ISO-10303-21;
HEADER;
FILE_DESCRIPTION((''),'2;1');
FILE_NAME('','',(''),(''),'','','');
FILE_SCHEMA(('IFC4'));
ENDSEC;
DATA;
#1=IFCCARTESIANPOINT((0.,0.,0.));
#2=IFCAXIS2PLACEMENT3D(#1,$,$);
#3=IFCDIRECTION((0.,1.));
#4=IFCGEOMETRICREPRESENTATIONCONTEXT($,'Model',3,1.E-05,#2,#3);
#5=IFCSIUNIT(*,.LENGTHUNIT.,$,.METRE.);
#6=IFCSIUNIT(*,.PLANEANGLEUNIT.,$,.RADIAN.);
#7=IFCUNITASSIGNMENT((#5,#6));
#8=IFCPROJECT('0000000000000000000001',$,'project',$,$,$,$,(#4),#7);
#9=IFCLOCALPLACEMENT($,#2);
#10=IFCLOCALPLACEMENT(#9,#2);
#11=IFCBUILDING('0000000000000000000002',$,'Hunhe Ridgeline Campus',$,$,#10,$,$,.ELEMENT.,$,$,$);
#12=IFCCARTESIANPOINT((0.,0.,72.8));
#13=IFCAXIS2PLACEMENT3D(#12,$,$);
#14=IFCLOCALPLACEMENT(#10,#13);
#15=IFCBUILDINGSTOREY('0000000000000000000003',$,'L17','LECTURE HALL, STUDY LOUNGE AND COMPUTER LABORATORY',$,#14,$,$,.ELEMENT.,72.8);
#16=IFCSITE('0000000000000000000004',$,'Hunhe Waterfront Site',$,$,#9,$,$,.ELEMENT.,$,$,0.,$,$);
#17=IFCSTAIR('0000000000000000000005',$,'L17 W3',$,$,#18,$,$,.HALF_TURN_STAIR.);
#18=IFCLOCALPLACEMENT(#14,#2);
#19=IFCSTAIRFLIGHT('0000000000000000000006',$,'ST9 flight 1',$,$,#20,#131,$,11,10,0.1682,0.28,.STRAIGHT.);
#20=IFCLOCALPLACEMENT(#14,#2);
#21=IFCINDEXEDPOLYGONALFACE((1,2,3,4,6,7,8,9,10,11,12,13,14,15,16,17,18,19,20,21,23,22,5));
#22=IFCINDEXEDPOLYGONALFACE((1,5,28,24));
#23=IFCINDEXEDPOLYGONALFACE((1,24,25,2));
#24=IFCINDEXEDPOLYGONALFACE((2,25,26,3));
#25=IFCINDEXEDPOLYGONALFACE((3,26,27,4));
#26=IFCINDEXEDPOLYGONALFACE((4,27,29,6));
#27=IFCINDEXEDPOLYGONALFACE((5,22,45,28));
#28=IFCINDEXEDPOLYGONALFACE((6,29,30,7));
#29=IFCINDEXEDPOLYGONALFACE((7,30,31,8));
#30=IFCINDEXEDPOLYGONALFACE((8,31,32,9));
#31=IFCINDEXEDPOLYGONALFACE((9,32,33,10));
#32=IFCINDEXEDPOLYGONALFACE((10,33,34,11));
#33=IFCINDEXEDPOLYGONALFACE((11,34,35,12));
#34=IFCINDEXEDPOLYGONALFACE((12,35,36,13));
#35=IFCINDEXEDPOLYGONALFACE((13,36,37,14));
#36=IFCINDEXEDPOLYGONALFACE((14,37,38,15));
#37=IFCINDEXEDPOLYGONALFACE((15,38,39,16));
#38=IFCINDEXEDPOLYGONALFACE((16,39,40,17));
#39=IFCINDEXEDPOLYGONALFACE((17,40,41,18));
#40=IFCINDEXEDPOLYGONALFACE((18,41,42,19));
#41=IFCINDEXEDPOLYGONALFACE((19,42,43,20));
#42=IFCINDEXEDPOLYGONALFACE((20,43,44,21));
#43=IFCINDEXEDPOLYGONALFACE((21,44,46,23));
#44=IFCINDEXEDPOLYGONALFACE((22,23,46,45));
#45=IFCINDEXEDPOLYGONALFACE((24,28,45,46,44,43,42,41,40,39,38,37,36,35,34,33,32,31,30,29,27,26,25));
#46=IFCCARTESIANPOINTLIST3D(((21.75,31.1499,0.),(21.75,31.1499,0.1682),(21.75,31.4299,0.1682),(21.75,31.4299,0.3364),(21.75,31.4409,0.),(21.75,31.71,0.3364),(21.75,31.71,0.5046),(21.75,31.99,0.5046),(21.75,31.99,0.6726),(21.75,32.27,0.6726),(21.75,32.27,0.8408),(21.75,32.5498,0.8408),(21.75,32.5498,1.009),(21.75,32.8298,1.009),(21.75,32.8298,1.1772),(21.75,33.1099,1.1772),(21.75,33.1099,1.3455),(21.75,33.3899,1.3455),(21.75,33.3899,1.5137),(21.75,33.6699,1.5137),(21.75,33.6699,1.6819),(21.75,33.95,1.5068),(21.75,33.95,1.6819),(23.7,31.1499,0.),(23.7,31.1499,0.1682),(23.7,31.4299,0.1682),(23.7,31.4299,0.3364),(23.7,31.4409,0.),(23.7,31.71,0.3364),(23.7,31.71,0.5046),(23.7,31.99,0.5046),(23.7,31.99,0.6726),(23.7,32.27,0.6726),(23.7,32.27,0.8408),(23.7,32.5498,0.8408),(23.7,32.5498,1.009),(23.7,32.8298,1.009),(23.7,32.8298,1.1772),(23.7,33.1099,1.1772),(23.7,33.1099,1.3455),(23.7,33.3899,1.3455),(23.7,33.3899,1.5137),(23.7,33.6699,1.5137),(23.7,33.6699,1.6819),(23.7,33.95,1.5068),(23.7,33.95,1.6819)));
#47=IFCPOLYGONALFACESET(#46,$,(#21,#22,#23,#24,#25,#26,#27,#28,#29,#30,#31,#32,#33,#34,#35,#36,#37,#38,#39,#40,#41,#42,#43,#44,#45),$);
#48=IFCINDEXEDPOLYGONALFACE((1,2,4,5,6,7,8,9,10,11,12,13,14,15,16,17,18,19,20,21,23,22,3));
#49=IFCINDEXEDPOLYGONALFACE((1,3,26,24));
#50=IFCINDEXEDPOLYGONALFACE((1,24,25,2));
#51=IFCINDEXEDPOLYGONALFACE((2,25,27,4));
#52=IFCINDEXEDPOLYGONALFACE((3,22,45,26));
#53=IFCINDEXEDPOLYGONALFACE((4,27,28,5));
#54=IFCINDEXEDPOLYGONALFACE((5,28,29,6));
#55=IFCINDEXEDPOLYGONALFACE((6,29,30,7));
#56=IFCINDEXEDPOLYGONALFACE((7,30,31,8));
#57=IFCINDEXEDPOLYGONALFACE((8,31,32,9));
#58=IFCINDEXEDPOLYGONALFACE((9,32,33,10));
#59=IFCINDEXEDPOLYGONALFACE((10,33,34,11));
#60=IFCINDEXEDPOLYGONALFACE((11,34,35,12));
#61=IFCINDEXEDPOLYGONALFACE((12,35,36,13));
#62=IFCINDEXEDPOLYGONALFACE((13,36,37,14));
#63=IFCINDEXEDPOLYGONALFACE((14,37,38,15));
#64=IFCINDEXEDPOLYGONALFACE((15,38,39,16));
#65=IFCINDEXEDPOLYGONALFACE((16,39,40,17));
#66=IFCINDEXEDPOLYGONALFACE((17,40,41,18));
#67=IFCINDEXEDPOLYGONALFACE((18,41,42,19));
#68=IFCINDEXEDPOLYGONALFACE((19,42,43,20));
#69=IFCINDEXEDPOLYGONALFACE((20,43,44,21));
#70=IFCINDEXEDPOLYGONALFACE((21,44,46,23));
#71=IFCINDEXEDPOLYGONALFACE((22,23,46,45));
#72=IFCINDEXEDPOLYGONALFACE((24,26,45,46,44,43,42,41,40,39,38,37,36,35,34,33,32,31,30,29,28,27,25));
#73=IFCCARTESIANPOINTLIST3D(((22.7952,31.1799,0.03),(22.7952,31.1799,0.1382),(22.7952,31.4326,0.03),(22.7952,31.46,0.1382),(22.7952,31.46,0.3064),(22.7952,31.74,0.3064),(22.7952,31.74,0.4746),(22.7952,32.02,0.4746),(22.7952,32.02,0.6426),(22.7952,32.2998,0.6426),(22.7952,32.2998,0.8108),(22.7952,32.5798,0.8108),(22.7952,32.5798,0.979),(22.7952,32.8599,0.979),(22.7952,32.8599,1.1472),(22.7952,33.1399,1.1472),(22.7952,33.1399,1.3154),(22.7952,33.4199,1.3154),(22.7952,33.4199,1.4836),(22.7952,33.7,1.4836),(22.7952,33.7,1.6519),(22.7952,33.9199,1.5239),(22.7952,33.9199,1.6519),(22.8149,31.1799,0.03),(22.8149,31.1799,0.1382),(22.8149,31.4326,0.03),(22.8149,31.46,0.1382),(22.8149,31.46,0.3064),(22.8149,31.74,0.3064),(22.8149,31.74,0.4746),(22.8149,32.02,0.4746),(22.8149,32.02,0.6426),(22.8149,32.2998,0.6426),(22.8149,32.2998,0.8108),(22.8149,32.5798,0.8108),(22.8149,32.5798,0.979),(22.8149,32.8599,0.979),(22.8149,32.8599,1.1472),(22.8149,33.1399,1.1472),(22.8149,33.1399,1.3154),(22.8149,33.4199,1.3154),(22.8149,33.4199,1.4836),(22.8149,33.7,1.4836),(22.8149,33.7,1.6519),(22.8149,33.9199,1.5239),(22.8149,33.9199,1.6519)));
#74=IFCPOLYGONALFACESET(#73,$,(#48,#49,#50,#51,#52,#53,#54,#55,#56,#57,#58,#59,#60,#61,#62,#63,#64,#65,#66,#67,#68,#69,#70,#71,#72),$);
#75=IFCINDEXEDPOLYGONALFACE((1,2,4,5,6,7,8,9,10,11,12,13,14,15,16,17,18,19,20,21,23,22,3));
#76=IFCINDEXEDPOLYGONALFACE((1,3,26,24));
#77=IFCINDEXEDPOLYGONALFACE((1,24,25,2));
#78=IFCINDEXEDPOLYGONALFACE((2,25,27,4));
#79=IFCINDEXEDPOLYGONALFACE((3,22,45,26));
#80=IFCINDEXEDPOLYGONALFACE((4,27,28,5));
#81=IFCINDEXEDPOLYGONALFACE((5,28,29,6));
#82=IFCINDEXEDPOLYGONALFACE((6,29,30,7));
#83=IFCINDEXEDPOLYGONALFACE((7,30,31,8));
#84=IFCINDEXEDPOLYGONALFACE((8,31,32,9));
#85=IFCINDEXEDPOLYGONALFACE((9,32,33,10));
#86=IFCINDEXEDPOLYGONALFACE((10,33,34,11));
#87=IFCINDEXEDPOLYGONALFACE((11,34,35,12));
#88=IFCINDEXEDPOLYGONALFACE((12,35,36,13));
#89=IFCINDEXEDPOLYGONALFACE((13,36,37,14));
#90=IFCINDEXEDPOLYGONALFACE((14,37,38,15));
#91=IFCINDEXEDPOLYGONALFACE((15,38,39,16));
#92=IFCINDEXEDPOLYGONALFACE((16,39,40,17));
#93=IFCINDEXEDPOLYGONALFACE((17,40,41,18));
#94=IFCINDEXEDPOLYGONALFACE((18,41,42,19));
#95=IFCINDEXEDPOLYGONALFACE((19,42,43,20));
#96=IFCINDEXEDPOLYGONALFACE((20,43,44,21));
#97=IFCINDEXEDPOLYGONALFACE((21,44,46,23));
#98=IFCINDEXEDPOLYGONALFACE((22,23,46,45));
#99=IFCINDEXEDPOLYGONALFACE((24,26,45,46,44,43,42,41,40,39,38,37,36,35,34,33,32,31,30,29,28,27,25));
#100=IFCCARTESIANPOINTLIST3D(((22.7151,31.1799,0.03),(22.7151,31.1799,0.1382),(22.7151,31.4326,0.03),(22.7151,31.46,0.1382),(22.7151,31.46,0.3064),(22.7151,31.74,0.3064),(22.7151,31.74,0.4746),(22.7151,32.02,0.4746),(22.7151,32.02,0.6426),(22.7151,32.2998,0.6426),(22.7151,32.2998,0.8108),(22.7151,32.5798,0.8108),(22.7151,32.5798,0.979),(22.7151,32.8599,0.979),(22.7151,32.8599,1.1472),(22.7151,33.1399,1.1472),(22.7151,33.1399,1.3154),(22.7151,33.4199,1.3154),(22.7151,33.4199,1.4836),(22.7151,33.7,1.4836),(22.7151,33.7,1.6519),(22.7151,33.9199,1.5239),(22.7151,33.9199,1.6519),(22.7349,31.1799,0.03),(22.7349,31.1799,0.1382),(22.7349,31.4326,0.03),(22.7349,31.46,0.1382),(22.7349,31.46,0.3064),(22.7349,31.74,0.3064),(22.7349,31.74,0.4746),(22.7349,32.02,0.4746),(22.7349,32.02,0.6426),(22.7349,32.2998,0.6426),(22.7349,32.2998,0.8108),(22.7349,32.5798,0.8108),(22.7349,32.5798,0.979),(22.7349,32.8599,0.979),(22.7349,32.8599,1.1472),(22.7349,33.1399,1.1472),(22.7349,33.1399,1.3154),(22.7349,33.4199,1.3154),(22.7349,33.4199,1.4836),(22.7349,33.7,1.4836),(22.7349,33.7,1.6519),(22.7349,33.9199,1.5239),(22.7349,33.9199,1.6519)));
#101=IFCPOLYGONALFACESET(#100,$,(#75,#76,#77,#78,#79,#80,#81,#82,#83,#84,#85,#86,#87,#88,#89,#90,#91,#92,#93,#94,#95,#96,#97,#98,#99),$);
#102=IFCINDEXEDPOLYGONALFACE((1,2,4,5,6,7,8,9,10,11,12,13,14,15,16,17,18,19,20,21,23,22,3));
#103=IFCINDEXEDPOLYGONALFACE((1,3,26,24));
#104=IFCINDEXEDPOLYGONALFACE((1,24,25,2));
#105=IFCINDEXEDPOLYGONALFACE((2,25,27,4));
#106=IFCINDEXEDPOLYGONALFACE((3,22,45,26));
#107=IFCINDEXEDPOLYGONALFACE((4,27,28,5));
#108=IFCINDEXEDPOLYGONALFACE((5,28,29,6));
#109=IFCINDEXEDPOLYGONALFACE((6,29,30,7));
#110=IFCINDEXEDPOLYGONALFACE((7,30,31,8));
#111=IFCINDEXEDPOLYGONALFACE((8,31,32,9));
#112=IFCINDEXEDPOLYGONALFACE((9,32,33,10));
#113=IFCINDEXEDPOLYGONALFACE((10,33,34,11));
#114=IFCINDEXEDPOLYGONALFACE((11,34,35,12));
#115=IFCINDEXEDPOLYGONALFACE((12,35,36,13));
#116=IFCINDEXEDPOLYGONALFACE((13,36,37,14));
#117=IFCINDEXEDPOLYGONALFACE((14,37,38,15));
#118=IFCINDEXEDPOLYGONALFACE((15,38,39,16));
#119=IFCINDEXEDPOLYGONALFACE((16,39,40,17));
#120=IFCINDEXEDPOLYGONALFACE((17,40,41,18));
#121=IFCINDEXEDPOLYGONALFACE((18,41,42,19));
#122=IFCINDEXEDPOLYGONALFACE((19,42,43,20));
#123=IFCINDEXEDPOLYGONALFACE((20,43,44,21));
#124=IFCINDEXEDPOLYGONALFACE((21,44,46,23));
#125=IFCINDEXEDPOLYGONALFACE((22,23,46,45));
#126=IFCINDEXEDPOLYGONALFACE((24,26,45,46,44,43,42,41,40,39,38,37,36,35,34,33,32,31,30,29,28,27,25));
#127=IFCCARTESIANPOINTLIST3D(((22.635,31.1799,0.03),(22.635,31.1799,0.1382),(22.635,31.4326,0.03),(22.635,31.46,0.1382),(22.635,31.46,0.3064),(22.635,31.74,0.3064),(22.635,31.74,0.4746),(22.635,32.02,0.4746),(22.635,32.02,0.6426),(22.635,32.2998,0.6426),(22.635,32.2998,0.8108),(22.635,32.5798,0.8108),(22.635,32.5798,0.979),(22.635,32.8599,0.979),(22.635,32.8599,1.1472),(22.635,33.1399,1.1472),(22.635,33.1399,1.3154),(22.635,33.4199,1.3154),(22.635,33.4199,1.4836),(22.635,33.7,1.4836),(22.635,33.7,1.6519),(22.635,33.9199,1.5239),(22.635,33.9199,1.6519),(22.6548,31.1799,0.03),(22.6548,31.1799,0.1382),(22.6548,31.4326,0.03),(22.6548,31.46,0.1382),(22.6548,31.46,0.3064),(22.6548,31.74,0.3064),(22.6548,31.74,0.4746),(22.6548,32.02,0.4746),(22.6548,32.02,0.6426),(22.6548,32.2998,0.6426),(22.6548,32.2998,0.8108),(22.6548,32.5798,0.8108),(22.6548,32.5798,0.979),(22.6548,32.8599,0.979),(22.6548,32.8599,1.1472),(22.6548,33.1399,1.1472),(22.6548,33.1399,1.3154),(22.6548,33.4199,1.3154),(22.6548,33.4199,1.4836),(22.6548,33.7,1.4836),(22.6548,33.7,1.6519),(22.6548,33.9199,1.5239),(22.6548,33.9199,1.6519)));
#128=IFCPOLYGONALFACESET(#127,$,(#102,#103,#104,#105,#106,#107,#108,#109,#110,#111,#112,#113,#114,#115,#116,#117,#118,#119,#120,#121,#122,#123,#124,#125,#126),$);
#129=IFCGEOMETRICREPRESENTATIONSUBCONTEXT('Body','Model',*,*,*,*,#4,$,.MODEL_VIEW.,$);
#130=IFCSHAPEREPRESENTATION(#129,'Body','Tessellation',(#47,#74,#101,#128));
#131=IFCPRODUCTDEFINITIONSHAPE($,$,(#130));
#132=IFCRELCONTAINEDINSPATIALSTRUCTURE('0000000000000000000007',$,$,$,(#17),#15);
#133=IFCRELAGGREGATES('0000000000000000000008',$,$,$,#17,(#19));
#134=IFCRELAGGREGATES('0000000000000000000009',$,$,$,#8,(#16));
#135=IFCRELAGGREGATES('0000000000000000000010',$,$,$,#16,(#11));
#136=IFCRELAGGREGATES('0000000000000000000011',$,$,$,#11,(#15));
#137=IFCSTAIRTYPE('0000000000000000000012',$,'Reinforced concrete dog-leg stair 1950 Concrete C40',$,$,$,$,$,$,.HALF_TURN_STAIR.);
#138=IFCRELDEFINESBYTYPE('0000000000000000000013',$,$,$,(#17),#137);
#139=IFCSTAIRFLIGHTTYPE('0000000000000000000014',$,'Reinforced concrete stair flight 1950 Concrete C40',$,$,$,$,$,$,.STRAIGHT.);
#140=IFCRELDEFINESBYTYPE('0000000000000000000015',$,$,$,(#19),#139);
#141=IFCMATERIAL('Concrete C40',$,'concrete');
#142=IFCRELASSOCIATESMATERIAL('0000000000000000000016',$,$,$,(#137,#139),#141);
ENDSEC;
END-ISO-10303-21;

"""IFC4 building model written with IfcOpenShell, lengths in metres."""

from ifc_helpers import new_model, si_unit, direction, frame, origin, place, context, subcontext, project, spatial, polyline, outline, extrude, material, type_object, element, aggregate, save


model = new_model("IFC4")

# Units and contexts
model_context = context("Model", 3, precision=1e-05, world=origin(), true_north=direction((0.0, 1.0)))
body_context = subcontext(model_context, "Body", "Model", "MODEL_VIEW")
ifc_project = project(units=[si_unit("LENGTHUNIT", "METRE"), si_unit("PLANEANGLEUNIT", "RADIAN")], contexts=[model_context])

# Site, building, storey
site_placement = place(None, origin())
site = spatial("IfcSite", under=ifc_project, at=site_placement, Name="Hunhe Waterfront Site", CompositionType="ELEMENT", RefElevation=0.0)
building_placement = place(site_placement, origin())
building = spatial("IfcBuilding", under=site, at=building_placement, Name="Hunhe Ridgeline Campus", CompositionType="ELEMENT")
storey_placement = place(building_placement, frame((0.0, 0.0, 72.8)))
storey = spatial("IfcBuildingStorey", under=building, at=storey_placement, Name="L17", Description="LECTURE HALL, STUDY LOUNGE AND COMPUTER LABORATORY", CompositionType="ELEMENT", Elevation=72.8)

# Stair, stair flight
ifc_material_1 = material(Name="Concrete C40", Category="concrete")
stair_type = type_object("IfcStairType", Name="Reinforced concrete dog-leg stair 1950 Concrete C40", PredefinedType="HALF_TURN_STAIR", material=ifc_material_1)
stair_placement = place(storey_placement, origin())
stair = element("IfcStair", 1, at=stair_placement, inside=storey, type_object=stair_type, Name="L17 W3", PredefinedType="HALF_TURN_STAIR")
stair_flight_type = type_object("IfcStairFlightType", Name="Reinforced concrete stair flight 1950 Concrete C40", PredefinedType="STRAIGHT", material=ifc_material_1)
stair_flight_placement = place(storey_placement, frame((22.7251, 31.1499, 0.0), z_axis=(0.0, 0.0, 1.0), x_axis=(0.0, 1.0, 0.0)))
stair_flight = element("IfcStairFlight", 2, at=stair_flight_placement, type_object=stair_flight_type, Name="ST9 flight 1", NumberOfRisers=11, NumberOfTreads=10, PredefinedType="STRAIGHT", RiserHeight=0.1682, TreadLength=0.28, context=body_context, shape_type="SweptSolid", body=[
    extrude(outline(polyline([(0.0, 0.0), (0.0, 0.1682), (0.28, 0.1682), (0.28, 0.3364), (0.5601, 0.3364), (0.5601, 0.5046), (0.8401, 0.5046), (0.8401, 0.6726), (1.1201, 0.6726), (1.1201, 0.8408), (1.3999, 0.8408), (1.3999, 1.009), (1.6799, 1.009), (1.6799, 1.1772), (1.96, 1.1772), (1.96, 1.3455), (2.24, 1.3455), (2.24, 1.5137), (2.52, 1.5137), (2.52, 1.6819), (2.8, 1.6819), (2.8, 1.8501), (2.8, 1.5068), (0.291, 0.0), (0.0, 0.0)])), frame((0.0, 0.9751, 0.0), z_axis=(0.0, -1.0, 0.0), x_axis=(1.0, 0.0, 0.0)), (0.0, 0.0, 1.0), 1.95),
    extrude(outline(polyline([(0.03, 0.03), (0.03, 0.1382), (0.3101, 0.1382), (0.3101, 0.3064), (0.5901, 0.3064), (0.5901, 0.4746), (0.8701, 0.4746), (0.8701, 0.6426), (1.1499, 0.6426), (1.1499, 0.8108), (1.4299, 0.8108), (1.4299, 0.979), (1.71, 0.979), (1.71, 1.1472), (1.99, 1.1472), (1.99, 1.3154), (2.27, 1.3154), (2.27, 1.4836), (2.55, 1.4836), (2.55, 1.6519), (2.77, 1.6519), (2.77, 1.5239), (0.2827, 0.03), (0.03, 0.03)])), frame((0.0, -0.0701, 0.0), z_axis=(0.0, -1.0, 0.0), x_axis=(1.0, 0.0, 0.0)), (0.0, 0.0, 1.0), 0.0198),
    extrude(outline(polyline([(0.03, 0.03), (0.03, 0.1382), (0.3101, 0.1382), (0.3101, 0.3064), (0.5901, 0.3064), (0.5901, 0.4746), (0.8701, 0.4746), (0.8701, 0.6426), (1.1499, 0.6426), (1.1499, 0.8108), (1.4299, 0.8108), (1.4299, 0.979), (1.71, 0.979), (1.71, 1.1472), (1.99, 1.1472), (1.99, 1.3154), (2.27, 1.3154), (2.27, 1.4836), (2.55, 1.4836), (2.55, 1.6519), (2.77, 1.6519), (2.77, 1.5239), (0.2827, 0.03), (0.03, 0.03)])), frame((0.0, 0.01, 0.0), z_axis=(0.0, -1.0, 0.0), x_axis=(1.0, 0.0, 0.0)), (0.0, 0.0, 1.0), 0.0198),
    extrude(outline(polyline([(0.03, 0.03), (0.03, 0.1382), (0.3101, 0.1382), (0.3101, 0.3064), (0.5901, 0.3064), (0.5901, 0.4746), (0.8701, 0.4746), (0.8701, 0.6426), (1.1499, 0.6426), (1.1499, 0.8108), (1.4299, 0.8108), (1.4299, 0.979), (1.71, 0.979), (1.71, 1.1472), (1.99, 1.1472), (1.99, 1.3154), (2.27, 1.3154), (2.27, 1.4836), (2.55, 1.4836), (2.55, 1.6519), (2.77, 1.6519), (2.77, 1.5239), (0.2827, 0.03), (0.03, 0.03)])), frame((0.0, 0.0901, 0.0), z_axis=(0.0, -1.0, 0.0), x_axis=(1.0, 0.0, 0.0)), (0.0, 0.0, 1.0), 0.0198),
])
aggregate(stair, [stair_flight])

save(model, "model.ifc")
